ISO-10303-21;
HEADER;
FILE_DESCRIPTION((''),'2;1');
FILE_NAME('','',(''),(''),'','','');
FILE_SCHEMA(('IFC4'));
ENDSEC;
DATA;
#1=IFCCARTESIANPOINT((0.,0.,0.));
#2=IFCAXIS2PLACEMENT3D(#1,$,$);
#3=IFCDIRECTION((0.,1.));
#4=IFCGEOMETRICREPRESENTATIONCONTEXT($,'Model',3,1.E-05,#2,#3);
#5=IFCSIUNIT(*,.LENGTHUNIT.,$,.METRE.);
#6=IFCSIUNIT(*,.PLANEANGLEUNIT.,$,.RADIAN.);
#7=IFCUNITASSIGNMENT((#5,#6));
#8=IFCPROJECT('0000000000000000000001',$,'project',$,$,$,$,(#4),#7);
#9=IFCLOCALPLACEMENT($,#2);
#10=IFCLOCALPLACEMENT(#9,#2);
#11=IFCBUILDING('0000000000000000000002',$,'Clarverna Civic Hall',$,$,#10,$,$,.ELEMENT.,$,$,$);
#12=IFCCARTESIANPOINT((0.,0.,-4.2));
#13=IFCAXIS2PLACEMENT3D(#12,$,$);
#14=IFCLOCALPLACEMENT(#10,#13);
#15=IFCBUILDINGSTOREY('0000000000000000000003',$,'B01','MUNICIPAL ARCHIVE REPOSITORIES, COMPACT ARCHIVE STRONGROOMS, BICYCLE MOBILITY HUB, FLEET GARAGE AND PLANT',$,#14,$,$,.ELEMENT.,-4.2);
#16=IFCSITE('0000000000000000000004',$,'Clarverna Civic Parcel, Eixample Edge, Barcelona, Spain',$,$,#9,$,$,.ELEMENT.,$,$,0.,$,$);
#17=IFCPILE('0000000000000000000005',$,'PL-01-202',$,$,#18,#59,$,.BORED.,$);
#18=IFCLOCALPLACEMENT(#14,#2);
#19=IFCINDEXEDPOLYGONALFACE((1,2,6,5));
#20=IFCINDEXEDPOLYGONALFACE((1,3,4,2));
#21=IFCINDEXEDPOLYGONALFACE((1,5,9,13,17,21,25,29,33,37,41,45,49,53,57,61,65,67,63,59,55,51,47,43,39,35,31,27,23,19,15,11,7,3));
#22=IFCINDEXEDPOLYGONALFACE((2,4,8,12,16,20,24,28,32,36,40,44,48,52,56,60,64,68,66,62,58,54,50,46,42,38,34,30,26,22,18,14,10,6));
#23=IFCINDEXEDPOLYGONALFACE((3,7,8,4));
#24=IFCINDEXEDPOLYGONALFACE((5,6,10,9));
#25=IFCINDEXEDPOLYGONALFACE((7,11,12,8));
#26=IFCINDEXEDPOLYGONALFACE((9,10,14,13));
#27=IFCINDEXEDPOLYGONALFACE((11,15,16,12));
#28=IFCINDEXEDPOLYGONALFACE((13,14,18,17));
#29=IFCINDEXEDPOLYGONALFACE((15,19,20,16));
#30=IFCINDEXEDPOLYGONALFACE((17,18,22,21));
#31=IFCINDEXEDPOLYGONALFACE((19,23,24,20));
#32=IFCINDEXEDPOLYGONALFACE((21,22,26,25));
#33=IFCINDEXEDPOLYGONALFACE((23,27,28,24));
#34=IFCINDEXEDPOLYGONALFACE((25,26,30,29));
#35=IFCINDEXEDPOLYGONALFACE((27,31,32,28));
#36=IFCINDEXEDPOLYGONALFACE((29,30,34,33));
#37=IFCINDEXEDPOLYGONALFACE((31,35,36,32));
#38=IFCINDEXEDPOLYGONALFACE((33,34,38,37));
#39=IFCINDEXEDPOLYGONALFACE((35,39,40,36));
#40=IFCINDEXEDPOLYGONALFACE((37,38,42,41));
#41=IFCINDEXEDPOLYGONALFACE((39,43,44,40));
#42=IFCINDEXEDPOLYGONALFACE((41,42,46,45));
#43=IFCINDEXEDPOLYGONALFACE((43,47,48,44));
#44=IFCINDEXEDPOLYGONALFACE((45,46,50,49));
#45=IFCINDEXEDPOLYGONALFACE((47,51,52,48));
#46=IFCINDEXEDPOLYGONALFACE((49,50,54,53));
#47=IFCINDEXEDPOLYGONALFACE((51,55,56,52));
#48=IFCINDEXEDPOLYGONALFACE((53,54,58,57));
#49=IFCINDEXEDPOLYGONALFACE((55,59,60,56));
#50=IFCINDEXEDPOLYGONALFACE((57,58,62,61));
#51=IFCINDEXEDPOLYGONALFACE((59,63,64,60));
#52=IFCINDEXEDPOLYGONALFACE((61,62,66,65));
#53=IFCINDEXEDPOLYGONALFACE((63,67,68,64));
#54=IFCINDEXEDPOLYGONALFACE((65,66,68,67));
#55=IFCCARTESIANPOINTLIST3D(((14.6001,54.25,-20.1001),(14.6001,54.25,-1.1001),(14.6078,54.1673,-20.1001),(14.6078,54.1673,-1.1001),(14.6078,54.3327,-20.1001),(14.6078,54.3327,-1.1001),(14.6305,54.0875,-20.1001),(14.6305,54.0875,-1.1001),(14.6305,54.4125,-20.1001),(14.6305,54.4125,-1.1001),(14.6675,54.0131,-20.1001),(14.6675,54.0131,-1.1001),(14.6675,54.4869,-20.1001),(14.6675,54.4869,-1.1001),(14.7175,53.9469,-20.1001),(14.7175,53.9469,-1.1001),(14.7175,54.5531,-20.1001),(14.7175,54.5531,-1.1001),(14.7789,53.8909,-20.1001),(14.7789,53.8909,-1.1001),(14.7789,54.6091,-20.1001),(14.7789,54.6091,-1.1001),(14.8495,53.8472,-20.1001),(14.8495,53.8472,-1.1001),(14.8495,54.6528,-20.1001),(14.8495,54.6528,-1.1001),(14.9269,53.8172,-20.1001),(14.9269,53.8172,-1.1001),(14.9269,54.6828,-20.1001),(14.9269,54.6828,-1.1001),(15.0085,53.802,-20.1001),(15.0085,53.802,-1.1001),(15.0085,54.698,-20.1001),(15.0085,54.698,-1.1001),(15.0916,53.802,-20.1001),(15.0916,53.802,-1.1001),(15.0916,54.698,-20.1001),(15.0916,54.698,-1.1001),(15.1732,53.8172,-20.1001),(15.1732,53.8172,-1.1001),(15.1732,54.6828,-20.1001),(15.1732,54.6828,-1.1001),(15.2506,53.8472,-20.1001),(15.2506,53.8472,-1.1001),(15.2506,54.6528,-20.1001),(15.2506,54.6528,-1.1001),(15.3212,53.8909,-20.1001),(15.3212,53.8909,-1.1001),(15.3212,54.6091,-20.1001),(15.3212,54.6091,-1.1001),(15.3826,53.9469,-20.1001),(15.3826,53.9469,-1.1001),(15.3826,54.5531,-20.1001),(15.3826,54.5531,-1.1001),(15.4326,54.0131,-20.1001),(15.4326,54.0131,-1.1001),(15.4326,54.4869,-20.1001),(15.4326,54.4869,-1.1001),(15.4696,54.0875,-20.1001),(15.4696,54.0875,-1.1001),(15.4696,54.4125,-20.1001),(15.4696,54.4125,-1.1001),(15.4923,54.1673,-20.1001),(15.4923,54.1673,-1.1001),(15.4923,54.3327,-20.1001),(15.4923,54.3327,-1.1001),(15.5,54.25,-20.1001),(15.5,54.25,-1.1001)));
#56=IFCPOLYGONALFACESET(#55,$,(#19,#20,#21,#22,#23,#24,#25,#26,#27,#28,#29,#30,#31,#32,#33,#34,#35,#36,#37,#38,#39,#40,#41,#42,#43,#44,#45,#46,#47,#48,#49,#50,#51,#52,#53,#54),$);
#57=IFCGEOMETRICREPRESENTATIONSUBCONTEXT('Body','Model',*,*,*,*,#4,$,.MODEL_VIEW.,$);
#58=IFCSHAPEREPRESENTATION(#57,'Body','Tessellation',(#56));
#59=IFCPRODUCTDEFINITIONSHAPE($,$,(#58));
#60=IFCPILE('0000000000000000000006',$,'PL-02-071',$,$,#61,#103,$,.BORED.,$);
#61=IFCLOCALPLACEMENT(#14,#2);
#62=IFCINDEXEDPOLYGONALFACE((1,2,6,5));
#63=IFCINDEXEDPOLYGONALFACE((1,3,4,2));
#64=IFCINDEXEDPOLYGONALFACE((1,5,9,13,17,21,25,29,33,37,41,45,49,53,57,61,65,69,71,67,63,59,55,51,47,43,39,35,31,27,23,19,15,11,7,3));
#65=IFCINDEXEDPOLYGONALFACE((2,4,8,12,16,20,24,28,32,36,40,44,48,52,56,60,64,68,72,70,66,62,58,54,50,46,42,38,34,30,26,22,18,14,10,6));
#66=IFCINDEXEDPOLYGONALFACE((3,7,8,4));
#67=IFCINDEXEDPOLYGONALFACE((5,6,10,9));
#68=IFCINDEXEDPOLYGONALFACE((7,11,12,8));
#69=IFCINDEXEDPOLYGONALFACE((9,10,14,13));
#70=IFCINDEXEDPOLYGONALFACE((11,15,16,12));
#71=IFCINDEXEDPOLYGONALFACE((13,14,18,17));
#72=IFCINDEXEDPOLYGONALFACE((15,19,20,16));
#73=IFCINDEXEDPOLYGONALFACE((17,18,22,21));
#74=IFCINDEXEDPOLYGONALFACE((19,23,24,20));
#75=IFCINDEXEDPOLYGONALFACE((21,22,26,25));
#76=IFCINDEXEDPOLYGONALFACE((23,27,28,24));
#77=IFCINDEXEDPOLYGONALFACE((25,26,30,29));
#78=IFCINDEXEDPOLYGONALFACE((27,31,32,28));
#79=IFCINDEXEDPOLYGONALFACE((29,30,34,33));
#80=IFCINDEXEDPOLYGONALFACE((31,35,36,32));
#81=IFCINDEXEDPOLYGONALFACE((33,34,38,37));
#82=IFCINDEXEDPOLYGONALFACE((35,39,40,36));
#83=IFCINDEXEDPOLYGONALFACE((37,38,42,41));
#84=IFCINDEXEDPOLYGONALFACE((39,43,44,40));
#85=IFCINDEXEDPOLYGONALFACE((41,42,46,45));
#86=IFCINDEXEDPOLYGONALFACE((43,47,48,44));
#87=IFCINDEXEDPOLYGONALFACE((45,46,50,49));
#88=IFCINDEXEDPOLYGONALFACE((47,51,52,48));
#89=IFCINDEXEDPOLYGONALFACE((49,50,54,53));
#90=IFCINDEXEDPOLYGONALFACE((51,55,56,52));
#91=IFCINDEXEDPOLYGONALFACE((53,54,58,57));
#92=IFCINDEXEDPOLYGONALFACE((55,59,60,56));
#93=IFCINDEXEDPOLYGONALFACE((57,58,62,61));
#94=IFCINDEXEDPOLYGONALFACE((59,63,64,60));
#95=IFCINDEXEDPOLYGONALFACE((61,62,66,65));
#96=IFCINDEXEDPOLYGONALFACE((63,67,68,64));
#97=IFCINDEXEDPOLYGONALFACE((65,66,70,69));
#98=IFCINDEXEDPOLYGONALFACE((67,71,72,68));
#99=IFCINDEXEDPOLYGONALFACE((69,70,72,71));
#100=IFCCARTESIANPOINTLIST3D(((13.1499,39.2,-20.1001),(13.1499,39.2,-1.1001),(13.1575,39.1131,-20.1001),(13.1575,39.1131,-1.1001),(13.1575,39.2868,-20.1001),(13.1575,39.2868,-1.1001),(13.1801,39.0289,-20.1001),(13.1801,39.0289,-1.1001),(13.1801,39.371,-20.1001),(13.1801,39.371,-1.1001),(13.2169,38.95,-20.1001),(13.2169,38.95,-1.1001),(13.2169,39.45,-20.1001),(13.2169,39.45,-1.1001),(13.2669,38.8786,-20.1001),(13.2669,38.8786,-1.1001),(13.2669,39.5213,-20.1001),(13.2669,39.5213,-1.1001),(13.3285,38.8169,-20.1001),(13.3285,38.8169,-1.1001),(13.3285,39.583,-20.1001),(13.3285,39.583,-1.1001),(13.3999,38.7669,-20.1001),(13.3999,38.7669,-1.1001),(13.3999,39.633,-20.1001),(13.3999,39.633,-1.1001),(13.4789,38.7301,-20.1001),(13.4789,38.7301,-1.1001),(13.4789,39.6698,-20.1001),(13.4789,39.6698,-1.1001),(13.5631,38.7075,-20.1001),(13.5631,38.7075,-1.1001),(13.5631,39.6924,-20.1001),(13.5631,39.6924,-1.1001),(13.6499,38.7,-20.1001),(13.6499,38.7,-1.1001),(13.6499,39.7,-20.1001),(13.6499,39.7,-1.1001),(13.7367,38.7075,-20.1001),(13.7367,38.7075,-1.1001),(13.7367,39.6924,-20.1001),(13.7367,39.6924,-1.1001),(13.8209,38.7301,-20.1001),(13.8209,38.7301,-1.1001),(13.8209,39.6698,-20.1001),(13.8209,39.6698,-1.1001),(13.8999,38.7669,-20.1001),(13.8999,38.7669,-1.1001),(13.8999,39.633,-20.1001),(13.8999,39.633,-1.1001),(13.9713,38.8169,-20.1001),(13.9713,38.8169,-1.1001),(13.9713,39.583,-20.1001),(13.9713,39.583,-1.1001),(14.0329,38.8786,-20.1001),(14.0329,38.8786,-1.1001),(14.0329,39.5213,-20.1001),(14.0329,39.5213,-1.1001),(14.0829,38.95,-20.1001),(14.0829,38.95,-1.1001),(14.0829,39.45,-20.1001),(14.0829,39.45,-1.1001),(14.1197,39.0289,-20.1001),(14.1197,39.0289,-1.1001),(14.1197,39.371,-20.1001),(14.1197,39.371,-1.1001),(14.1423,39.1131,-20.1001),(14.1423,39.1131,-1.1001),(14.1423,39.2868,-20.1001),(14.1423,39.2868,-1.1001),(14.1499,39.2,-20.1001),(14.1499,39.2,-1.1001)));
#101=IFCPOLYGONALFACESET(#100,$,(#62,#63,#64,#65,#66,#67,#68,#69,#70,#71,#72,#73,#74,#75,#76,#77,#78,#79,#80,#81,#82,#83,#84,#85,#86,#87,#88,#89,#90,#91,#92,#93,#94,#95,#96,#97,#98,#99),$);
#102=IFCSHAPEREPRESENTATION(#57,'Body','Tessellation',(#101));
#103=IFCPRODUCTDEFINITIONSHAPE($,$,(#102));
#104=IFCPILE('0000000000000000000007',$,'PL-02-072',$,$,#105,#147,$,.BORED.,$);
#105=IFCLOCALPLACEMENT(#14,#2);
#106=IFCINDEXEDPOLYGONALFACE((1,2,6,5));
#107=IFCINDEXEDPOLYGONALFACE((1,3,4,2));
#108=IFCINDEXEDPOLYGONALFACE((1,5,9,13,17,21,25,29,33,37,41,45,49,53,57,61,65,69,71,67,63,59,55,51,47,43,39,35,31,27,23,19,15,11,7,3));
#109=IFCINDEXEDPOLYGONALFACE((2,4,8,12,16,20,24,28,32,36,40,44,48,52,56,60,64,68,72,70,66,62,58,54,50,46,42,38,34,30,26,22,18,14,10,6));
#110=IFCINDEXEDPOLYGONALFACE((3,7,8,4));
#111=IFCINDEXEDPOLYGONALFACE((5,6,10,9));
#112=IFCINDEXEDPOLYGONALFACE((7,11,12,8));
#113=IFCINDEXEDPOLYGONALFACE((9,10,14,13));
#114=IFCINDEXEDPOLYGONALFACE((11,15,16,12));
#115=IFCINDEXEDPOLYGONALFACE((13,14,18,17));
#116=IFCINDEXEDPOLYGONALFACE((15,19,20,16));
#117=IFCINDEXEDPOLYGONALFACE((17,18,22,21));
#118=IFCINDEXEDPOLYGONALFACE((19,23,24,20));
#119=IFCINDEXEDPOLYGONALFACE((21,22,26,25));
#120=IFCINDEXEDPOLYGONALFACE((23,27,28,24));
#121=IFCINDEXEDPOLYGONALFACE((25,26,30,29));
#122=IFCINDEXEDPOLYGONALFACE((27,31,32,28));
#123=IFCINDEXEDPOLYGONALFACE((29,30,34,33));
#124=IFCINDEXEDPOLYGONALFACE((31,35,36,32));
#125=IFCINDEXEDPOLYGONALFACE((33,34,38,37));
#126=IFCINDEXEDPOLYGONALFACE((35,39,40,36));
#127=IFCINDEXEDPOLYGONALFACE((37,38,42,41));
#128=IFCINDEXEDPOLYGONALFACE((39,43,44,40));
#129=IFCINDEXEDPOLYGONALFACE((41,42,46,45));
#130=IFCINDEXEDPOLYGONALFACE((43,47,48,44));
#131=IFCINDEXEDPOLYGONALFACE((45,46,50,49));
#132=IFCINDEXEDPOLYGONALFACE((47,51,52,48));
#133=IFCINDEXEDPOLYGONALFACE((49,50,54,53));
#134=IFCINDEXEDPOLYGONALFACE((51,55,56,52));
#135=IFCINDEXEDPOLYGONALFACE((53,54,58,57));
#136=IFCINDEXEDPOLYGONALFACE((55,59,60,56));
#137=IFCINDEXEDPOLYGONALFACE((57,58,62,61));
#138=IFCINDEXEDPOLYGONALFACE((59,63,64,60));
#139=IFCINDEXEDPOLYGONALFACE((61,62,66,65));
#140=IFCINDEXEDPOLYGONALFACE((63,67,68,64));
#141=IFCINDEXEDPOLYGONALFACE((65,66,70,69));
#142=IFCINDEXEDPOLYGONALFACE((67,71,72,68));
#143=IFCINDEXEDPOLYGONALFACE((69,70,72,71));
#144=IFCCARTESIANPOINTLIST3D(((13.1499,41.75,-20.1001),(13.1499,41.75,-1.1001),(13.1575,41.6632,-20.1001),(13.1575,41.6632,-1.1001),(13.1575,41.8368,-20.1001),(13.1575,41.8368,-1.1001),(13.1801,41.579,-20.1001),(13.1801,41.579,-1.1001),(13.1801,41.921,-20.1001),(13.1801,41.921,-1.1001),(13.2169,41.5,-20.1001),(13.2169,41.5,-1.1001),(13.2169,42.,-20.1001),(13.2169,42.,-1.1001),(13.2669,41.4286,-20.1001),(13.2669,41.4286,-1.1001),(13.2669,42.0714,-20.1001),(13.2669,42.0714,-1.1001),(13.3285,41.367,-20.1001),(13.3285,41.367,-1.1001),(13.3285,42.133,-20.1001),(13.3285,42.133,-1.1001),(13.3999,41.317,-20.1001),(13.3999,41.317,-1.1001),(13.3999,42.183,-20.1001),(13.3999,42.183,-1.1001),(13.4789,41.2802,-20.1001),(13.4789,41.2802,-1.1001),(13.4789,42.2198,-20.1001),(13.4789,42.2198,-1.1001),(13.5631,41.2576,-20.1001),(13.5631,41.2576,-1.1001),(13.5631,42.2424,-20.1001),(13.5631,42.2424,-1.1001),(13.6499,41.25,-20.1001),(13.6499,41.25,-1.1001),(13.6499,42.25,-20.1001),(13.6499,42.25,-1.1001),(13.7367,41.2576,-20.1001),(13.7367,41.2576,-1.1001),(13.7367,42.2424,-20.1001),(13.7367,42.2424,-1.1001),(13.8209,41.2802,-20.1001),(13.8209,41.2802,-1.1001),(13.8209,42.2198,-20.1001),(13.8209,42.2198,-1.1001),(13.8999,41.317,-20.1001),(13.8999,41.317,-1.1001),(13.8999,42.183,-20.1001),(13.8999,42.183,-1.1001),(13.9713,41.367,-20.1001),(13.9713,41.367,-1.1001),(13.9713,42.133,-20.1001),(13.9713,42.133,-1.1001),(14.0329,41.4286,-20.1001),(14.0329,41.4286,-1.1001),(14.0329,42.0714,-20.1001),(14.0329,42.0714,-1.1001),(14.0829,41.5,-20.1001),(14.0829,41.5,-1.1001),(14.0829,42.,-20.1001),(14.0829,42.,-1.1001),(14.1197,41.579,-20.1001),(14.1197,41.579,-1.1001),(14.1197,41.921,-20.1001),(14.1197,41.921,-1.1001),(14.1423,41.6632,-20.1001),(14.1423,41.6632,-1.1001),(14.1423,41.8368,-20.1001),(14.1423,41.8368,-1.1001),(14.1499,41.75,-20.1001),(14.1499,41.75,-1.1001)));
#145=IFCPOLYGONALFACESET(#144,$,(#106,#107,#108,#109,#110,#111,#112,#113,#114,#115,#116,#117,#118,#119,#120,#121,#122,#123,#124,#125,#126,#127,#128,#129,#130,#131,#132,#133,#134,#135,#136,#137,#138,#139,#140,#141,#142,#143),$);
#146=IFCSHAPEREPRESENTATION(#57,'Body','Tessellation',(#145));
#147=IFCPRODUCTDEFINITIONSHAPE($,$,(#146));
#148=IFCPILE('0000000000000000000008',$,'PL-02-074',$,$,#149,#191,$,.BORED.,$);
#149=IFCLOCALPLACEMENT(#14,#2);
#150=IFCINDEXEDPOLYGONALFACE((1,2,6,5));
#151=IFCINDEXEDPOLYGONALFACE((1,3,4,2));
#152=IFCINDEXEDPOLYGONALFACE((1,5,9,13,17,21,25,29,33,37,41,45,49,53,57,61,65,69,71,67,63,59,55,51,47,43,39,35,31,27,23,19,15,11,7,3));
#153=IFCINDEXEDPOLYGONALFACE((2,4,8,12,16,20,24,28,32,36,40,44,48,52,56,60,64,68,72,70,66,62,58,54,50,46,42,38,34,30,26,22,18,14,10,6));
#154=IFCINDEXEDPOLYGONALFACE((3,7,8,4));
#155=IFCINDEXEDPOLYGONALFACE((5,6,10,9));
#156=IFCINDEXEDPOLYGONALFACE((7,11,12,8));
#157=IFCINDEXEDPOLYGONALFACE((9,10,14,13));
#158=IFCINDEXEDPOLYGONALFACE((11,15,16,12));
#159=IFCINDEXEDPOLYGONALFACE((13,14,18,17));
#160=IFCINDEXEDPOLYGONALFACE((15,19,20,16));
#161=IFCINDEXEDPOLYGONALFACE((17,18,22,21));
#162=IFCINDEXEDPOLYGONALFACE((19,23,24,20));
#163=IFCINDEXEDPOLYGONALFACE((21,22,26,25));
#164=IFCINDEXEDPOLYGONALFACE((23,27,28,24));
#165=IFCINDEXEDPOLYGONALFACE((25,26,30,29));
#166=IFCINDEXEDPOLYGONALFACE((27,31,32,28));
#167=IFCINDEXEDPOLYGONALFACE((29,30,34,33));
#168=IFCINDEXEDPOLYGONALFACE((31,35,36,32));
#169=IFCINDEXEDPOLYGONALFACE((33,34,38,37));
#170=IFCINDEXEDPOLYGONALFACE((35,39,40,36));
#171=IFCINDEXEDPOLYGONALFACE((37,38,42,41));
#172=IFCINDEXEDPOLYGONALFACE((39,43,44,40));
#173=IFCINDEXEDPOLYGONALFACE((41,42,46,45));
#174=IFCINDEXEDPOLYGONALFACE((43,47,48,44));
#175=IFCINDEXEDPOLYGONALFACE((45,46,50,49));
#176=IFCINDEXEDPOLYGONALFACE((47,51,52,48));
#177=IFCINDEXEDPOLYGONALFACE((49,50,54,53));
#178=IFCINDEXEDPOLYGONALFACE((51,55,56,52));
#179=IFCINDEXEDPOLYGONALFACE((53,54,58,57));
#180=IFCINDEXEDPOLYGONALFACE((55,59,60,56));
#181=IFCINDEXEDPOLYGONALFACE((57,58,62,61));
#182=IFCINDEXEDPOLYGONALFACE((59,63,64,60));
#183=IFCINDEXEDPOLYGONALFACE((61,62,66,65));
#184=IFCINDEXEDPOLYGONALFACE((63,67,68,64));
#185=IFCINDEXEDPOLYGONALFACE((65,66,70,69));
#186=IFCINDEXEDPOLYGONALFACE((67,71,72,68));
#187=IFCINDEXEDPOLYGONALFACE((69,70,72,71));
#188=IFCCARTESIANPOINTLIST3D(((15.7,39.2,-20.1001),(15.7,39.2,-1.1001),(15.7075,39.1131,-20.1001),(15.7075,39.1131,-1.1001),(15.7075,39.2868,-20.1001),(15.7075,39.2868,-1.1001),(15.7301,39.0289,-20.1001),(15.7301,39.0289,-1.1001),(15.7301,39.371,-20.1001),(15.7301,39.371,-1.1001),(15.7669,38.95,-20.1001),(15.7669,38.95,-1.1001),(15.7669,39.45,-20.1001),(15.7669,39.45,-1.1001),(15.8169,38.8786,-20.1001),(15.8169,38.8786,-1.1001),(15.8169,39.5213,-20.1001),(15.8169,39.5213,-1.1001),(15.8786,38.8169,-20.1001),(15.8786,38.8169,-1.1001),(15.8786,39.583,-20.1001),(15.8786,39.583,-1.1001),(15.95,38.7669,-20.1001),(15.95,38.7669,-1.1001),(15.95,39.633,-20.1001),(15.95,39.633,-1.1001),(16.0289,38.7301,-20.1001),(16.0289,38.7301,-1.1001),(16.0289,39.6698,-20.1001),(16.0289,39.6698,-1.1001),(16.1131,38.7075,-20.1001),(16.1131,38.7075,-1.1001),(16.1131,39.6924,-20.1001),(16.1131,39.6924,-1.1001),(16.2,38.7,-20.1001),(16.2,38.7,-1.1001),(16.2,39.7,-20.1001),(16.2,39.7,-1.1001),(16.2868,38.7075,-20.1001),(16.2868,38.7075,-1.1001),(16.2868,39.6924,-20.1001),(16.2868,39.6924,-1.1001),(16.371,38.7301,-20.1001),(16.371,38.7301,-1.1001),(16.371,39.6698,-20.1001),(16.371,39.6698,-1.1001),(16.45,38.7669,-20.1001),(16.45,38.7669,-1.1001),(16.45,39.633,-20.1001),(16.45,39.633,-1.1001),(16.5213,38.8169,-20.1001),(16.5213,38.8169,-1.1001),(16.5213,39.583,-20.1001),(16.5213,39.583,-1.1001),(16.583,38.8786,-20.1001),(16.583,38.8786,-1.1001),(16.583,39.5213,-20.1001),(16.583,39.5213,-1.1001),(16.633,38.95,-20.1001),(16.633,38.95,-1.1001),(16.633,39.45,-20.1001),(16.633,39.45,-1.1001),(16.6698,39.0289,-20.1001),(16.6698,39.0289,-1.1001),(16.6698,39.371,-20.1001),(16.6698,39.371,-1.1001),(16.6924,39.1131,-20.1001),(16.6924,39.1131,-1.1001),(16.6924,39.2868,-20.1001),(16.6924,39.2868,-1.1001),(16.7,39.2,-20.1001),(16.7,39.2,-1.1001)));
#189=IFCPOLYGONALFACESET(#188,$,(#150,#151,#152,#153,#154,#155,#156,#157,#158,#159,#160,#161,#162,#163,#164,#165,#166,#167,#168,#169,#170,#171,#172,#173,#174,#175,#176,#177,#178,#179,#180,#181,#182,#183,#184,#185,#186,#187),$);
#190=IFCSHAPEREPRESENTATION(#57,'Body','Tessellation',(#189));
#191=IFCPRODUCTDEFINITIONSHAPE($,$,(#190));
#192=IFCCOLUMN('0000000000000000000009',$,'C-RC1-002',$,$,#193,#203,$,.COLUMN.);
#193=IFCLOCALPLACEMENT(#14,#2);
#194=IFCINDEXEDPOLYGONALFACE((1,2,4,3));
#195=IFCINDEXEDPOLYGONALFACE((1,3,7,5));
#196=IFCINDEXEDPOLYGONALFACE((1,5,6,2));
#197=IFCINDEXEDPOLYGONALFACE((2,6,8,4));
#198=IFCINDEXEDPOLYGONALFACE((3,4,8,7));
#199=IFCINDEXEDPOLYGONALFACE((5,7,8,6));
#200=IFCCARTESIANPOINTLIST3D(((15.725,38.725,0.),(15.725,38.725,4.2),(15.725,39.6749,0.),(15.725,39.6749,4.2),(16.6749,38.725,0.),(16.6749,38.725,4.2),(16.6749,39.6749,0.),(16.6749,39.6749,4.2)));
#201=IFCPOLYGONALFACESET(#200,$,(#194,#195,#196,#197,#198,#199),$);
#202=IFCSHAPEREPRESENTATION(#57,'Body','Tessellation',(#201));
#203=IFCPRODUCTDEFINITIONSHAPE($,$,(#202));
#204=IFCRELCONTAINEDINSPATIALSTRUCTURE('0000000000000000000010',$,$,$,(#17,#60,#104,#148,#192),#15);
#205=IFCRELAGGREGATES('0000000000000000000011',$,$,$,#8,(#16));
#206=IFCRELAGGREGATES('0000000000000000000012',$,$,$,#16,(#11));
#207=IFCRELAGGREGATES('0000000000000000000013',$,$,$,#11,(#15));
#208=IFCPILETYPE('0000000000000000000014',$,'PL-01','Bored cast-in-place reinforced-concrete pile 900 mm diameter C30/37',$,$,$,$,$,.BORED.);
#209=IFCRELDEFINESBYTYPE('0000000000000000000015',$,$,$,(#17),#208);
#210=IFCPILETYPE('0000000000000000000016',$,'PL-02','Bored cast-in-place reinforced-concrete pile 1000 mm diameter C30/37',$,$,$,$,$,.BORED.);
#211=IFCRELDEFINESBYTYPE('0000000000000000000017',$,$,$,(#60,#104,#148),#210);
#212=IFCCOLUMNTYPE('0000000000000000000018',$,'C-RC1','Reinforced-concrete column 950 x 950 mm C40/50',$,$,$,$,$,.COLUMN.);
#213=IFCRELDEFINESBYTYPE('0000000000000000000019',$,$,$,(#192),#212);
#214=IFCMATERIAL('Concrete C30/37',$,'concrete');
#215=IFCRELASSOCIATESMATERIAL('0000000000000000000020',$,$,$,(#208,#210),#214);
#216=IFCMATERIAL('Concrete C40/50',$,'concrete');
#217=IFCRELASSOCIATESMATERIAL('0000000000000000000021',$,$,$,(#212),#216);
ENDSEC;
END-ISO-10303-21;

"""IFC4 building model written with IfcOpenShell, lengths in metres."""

from ifc_helpers import new_model, si_unit, direction, frame, origin, origin_2d, place, context, subcontext, project, spatial, rectangle, circle, extrude, material, material_profile, profile_set, type_object, element, save


model = new_model("IFC4")

# Units and contexts
model_context = context("Model", 3, precision=1e-05, world=origin(), true_north=direction((0.0, 1.0)))
body_context = subcontext(model_context, "Body", "Model", "MODEL_VIEW")
ifc_project = project(units=[si_unit("LENGTHUNIT", "METRE"), si_unit("PLANEANGLEUNIT", "RADIAN")], contexts=[model_context])

# Site, building, storey
site_placement = place(None, origin())
site = spatial("IfcSite", under=ifc_project, at=site_placement, Name="Clarverna Civic Parcel, Eixample Edge, Barcelona, Spain", CompositionType="ELEMENT", RefElevation=0.0)
building_placement = place(site_placement, origin())
building = spatial("IfcBuilding", under=site, at=building_placement, Name="Clarverna Civic Hall", CompositionType="ELEMENT")
storey_placement = place(building_placement, frame((0.0, 0.0, -4.2)))
storey = spatial("IfcBuildingStorey", under=building, at=storey_placement, Name="B01", Description="MUNICIPAL ARCHIVE REPOSITORIES, COMPACT ARCHIVE STRONGROOMS, BICYCLE MOBILITY HUB, FLEET GARAGE AND PLANT", CompositionType="ELEMENT", Elevation=-4.2)

# Shared definitions
ifc_material_1 = material(Name="Concrete C30/37", Category="concrete")

# Piles
ifc_material_profile_1 = material_profile(ifc_material_1, circle(Radius=0.45, at=origin_2d()), Name="BORED PILE D900")
ifc_profile_set_1 = profile_set([ifc_material_profile_1], Name="Concrete C30/37")
pile_type_1 = type_object("IfcPileType", Name="PL-01", Description="Bored cast-in-place reinforced-concrete pile 900 mm diameter C30/37", PredefinedType="BORED", material=ifc_profile_set_1)
for number, where, z_axis, x_axis, name in (
    (1, (15.05, 54.25, -1.1001), (0.0, 0.0, -1.0), (1.0, 0.0, 0.0), "PL-01-202"),
):
    element("IfcPile", number, at=place(storey_placement, frame(where, z_axis=z_axis, x_axis=x_axis)), inside=storey, type_object=pile_type_1, Name=name, PredefinedType="BORED", context=body_context, shape_type="SweptSolid", body=[
        extrude(circle(Radius=0.45, at=origin_2d()), origin(), (0.0, 0.0, 1.0), 19.0),
    ])
ifc_material_profile_2 = material_profile(ifc_material_1, circle(Radius=0.5, at=origin_2d()), Name="BORED PILE D1000")
ifc_profile_set_2 = profile_set([ifc_material_profile_2], Name="Concrete C30/37")
pile_type_2 = type_object("IfcPileType", Name="PL-02", Description="Bored cast-in-place reinforced-concrete pile 1000 mm diameter C30/37", PredefinedType="BORED", material=ifc_profile_set_2)
for number, where, z_axis, x_axis, name in (
    (2, (13.6499, 39.2, -1.1001), (0.0, 0.0, -1.0), (1.0, 0.0, 0.0), "PL-02-071"),
    (3, (13.6499, 41.75, -1.1001), (0.0, 0.0, -1.0), (1.0, 0.0, 0.0), "PL-02-072"),
    (4, (16.2, 39.2, -1.1001), (0.0, 0.0, -1.0), (1.0, 0.0, 0.0), "PL-02-074"),
):
    element("IfcPile", number, at=place(storey_placement, frame(where, z_axis=z_axis, x_axis=x_axis)), inside=storey, type_object=pile_type_2, Name=name, PredefinedType="BORED", context=body_context, shape_type="SweptSolid", body=[
        extrude(circle(Radius=0.5, at=origin_2d()), origin(), (0.0, 0.0, 1.0), 19.0),
    ])

# Column
ifc_material_2 = material(Name="Concrete C40/50", Category="concrete")
ifc_material_profile_3 = material_profile(ifc_material_2, rectangle(XDim=0.95, YDim=0.95, at=origin_2d()), Name="RC 950x950")
ifc_profile_set_3 = profile_set([ifc_material_profile_3], Name="Concrete C40/50")
column_type_1 = type_object("IfcColumnType", Name="C-RC1", Description="Reinforced-concrete column 950 x 950 mm C40/50", PredefinedType="COLUMN", material=ifc_profile_set_3)
column_1_placement = place(storey_placement, frame((16.2, 39.2, 0.0), z_axis=(0.0, 0.0, 1.0), x_axis=(1.0, 0.0, 0.0)))
element("IfcColumn", 5, at=column_1_placement, inside=storey, type_object=column_type_1, Name="C-RC1-002", PredefinedType="COLUMN", context=body_context, shape_type="SweptSolid", body=[
    extrude(rectangle(XDim=0.95, YDim=0.95, at=origin_2d()), origin(), (0.0, 0.0, 1.0), 4.2),
])

save(model, "model.ifc")
